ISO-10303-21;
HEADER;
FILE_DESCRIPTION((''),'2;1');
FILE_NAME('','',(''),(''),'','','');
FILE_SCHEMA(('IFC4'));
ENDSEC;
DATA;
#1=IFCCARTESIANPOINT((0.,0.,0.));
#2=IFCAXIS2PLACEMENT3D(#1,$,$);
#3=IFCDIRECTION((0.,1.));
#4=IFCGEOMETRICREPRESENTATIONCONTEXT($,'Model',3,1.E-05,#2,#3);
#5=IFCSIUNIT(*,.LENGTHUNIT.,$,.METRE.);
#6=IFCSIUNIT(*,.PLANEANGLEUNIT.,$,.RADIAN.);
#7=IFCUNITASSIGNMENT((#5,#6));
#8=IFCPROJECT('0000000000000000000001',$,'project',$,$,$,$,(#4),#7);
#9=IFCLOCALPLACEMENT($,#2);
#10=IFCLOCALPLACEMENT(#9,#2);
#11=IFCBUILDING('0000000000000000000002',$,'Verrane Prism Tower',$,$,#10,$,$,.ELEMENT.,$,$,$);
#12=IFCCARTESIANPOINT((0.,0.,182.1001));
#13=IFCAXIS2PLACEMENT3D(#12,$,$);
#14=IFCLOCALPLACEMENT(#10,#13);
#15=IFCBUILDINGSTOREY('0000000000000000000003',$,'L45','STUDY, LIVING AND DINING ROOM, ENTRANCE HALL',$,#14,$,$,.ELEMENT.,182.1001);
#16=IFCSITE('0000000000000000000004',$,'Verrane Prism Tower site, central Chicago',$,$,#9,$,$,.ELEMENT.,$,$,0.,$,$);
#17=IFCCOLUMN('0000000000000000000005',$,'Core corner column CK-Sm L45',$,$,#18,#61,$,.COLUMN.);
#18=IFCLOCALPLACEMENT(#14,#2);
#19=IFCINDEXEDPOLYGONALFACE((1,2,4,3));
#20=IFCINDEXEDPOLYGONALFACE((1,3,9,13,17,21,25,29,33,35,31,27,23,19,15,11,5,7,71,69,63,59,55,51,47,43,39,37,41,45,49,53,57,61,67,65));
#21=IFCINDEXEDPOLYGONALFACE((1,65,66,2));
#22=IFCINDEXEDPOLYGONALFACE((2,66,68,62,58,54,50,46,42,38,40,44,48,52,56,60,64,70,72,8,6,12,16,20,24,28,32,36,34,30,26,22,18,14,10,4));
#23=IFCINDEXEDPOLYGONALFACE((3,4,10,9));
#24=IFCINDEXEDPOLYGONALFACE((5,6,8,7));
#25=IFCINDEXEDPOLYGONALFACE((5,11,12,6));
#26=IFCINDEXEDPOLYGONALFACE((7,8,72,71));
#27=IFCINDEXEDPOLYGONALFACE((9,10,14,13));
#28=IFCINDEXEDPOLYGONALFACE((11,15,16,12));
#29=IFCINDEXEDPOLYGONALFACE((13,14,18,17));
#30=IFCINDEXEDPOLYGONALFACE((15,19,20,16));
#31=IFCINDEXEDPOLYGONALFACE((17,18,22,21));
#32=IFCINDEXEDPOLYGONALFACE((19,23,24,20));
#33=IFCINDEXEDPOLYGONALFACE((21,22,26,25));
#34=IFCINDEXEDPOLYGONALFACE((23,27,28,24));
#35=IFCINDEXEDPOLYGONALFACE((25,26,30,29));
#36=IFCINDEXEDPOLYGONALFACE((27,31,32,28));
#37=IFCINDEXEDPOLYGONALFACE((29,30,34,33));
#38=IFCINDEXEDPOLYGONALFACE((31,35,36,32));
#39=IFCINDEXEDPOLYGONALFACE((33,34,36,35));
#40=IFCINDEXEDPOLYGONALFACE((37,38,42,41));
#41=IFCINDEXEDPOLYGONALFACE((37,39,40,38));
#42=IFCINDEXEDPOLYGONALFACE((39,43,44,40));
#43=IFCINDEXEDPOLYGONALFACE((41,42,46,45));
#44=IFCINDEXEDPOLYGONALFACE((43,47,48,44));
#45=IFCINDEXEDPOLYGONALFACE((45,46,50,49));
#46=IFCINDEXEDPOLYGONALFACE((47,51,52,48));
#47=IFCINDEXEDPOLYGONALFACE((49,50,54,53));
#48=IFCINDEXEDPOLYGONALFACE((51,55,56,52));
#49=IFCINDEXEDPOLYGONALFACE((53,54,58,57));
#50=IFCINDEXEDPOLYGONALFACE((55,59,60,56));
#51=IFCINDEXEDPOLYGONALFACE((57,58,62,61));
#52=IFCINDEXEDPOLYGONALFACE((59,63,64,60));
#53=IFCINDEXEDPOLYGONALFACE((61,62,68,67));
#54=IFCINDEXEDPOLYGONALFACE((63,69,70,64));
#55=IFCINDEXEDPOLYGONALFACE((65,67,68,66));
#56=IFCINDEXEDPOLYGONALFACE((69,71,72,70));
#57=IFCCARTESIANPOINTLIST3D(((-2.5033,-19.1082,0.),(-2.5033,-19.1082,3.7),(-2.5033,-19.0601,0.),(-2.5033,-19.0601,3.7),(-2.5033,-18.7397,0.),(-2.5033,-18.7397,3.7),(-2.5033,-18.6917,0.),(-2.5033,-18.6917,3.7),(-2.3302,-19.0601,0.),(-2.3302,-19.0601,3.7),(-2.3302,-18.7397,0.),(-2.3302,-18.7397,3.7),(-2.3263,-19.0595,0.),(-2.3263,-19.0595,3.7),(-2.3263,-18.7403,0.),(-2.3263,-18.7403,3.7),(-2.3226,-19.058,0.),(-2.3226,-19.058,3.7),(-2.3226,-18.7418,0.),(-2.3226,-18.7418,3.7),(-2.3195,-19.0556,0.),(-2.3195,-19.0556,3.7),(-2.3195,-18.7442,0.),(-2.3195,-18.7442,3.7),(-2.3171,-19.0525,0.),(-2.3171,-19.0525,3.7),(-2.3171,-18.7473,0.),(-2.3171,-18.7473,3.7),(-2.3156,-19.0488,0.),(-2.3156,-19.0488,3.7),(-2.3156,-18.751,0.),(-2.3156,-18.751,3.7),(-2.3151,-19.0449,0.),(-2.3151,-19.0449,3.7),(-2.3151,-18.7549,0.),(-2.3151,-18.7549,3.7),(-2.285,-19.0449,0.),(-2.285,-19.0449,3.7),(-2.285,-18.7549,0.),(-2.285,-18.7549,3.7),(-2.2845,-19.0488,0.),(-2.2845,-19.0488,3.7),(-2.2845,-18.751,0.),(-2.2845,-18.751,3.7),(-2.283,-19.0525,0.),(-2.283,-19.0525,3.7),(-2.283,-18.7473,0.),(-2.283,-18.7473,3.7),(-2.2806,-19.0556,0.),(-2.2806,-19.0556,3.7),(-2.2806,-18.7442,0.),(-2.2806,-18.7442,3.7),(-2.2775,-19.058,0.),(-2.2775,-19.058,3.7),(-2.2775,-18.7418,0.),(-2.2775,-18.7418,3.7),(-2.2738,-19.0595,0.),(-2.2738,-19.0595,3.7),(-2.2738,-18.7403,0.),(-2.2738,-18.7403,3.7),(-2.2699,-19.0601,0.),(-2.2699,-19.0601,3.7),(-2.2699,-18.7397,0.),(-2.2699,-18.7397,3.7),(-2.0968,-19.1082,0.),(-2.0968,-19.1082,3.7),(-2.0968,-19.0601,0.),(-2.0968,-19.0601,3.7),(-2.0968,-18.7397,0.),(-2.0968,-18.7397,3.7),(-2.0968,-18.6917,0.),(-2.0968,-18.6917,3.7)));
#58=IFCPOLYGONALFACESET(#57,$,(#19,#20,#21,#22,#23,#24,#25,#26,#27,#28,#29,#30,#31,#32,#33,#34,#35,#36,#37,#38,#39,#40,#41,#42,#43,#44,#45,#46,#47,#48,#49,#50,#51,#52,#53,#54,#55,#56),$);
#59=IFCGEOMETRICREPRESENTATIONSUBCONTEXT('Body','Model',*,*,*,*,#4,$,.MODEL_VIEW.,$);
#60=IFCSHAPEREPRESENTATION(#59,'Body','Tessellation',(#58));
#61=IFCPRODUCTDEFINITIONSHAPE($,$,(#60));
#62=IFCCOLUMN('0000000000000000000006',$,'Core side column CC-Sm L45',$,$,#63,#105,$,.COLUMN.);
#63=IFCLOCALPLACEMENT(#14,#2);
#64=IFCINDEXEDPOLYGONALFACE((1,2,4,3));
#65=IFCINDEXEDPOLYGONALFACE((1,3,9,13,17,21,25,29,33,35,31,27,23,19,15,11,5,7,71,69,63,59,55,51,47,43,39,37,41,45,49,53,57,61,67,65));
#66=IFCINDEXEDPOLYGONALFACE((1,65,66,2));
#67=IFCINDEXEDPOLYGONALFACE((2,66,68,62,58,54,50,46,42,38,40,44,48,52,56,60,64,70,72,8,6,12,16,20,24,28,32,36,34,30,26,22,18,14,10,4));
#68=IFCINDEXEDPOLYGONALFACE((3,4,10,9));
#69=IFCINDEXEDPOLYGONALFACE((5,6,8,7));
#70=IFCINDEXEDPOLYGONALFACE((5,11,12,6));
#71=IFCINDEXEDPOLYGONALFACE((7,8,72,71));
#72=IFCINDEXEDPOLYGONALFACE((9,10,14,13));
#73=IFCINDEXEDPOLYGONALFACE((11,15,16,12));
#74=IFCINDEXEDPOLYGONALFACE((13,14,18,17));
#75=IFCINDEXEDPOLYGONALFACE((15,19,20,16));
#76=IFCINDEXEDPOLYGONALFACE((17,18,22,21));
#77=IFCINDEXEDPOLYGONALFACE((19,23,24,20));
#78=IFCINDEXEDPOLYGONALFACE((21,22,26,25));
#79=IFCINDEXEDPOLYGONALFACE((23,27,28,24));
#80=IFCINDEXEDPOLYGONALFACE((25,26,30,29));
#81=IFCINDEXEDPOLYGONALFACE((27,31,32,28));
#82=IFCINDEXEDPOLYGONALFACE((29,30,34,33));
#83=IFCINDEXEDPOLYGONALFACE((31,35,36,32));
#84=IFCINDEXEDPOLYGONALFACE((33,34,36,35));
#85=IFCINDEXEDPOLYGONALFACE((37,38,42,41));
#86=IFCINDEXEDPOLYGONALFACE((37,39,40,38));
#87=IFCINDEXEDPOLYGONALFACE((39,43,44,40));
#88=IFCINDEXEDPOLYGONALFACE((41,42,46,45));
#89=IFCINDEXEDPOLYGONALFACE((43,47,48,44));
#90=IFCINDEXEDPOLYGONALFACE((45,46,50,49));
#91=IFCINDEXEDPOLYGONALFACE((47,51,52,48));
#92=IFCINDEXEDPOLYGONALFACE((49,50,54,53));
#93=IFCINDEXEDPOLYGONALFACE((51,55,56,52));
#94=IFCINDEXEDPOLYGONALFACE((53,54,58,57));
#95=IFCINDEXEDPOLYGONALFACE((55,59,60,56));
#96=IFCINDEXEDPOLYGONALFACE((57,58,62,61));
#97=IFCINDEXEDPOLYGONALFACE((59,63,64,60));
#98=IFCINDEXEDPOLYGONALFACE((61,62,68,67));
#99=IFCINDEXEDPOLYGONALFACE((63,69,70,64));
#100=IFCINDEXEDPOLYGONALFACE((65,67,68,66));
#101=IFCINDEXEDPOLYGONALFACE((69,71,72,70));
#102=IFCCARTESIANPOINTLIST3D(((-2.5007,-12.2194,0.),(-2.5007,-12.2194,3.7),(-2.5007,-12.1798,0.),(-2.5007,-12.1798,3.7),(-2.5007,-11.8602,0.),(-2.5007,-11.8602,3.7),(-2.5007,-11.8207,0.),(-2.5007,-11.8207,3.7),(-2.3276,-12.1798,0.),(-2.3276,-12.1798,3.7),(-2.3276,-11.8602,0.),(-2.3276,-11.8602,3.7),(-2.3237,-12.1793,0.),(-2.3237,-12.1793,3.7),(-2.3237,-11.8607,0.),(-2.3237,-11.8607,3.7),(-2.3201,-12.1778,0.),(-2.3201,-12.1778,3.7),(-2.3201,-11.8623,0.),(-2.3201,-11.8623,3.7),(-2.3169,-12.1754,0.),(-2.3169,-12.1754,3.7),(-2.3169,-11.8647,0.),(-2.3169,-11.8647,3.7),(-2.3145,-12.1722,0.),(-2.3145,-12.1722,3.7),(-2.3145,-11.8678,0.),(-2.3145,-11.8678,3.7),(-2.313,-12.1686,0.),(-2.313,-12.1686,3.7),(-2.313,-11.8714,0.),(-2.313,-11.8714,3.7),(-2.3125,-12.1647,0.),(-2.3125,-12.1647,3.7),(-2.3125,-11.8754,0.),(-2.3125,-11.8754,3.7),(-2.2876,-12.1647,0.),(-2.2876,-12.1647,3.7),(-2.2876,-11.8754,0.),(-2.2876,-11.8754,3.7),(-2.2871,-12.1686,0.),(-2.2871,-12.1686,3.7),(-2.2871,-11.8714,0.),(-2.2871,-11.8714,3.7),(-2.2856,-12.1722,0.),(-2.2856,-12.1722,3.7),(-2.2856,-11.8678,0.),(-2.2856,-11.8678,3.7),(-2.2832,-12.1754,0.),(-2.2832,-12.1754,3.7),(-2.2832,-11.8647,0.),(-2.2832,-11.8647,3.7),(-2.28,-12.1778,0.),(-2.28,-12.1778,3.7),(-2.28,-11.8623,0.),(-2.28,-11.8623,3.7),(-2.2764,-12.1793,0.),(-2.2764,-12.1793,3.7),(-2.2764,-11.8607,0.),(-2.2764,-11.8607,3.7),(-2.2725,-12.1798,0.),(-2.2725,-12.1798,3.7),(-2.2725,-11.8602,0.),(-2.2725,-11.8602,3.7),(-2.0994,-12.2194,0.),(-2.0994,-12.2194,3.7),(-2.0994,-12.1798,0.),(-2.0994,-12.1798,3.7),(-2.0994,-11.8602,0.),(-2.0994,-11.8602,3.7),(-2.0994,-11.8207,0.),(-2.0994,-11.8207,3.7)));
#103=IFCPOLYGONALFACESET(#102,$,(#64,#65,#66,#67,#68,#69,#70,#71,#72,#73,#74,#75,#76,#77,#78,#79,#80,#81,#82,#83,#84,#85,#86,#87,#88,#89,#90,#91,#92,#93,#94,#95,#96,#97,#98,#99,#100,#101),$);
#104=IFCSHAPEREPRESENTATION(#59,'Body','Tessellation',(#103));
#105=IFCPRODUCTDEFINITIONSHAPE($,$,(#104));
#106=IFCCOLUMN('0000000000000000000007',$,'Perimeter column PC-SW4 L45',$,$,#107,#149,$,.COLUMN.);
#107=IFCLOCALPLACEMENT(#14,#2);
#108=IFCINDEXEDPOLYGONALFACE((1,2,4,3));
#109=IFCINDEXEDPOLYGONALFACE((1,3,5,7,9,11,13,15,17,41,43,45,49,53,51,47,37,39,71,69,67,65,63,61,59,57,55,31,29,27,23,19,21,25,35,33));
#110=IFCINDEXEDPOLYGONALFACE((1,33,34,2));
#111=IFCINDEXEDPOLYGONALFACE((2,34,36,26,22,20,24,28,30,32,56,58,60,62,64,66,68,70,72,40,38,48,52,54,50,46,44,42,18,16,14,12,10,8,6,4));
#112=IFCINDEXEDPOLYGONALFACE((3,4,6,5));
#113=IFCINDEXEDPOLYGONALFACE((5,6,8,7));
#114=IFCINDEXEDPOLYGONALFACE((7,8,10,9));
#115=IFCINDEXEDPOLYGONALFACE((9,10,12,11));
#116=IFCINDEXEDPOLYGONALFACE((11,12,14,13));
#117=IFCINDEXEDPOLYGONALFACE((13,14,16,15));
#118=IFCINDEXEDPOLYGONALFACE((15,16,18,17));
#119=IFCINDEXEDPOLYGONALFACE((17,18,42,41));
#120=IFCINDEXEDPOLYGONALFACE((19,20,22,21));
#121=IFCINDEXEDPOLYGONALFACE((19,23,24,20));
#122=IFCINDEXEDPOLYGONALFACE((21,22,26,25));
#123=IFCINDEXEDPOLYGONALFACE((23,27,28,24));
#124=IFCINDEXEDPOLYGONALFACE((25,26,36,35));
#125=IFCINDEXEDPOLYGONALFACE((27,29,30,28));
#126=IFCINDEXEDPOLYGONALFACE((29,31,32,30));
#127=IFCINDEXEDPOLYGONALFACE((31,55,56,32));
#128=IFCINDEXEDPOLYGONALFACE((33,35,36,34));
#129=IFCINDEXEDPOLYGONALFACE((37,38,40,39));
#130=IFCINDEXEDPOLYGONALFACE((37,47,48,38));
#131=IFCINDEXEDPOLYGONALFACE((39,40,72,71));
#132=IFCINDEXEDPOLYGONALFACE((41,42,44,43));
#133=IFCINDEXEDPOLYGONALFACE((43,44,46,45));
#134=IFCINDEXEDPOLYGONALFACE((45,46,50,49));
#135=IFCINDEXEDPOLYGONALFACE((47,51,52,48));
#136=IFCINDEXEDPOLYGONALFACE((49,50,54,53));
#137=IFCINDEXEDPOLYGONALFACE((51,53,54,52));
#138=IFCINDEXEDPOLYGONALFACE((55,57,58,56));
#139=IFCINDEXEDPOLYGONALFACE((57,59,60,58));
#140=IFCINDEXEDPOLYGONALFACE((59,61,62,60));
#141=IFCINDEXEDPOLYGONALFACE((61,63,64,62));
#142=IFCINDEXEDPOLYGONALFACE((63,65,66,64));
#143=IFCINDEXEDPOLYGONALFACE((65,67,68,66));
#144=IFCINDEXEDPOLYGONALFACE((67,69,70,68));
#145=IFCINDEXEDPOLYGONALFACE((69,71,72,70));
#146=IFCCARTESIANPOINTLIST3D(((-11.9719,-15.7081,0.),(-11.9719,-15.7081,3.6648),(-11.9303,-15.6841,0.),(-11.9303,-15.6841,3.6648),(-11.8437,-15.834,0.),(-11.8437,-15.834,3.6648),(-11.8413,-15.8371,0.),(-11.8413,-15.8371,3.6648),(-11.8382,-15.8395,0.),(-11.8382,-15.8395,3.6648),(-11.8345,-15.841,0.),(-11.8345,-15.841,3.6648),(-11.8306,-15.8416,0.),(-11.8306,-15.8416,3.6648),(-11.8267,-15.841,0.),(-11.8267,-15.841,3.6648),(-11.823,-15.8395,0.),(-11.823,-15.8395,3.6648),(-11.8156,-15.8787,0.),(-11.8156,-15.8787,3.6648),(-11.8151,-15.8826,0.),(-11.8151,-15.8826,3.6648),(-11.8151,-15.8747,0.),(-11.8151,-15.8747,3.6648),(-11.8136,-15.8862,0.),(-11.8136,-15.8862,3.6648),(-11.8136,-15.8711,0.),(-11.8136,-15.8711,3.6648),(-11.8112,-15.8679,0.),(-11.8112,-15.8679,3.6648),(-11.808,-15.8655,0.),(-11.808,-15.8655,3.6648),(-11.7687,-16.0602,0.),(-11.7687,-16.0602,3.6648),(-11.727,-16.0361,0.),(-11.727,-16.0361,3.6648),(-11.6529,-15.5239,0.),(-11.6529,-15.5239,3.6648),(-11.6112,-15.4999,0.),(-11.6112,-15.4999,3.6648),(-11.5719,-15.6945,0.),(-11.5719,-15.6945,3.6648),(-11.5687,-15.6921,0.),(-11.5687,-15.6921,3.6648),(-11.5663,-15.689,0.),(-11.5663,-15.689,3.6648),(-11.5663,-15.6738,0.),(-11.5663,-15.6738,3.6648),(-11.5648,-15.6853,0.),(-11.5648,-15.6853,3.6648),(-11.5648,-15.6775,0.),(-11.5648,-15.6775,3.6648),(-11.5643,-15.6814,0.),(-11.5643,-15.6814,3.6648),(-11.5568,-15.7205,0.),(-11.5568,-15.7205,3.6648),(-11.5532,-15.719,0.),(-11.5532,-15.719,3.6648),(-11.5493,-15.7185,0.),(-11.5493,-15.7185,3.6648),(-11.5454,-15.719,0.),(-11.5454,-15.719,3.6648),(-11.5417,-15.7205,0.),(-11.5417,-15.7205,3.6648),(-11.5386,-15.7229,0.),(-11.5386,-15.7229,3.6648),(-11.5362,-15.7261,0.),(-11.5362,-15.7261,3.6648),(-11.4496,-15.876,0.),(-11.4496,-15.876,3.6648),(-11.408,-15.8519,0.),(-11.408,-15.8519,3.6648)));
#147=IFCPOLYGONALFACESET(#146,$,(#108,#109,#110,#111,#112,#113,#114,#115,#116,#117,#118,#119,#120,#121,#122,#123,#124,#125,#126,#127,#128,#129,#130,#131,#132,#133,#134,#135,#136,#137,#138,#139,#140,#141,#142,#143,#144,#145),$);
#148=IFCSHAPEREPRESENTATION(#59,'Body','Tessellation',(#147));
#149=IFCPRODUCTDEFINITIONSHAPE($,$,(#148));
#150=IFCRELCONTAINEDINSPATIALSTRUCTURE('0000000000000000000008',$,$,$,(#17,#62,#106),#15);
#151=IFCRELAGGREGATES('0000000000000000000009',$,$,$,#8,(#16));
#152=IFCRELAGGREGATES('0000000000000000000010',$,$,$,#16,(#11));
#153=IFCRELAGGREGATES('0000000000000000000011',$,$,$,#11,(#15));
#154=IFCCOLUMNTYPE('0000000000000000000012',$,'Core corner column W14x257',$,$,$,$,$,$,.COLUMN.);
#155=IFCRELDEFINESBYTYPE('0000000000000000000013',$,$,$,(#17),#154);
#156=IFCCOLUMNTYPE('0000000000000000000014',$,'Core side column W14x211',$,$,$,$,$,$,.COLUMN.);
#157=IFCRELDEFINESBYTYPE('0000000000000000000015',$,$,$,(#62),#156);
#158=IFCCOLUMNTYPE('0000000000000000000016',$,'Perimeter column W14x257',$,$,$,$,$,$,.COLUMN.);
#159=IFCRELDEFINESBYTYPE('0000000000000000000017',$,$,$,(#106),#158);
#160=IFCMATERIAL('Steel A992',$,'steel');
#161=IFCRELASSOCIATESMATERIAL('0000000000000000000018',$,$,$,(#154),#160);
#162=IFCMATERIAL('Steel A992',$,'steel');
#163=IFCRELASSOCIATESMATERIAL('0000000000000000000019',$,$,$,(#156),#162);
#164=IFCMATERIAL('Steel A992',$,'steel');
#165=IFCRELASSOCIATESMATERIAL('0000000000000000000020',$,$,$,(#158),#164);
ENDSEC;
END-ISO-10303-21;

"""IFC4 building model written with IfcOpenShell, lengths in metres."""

from ifc_helpers import new_model, si_unit, direction, frame, origin, origin_2d, place, context, subcontext, project, spatial, i_section, extrude, material, material_profile, profile_set, type_object, element, save


model = new_model("IFC4")

# Units and contexts
model_context = context("Model", 3, precision=1e-05, world=origin(), true_north=direction((0.0, 1.0)))
body_context = subcontext(model_context, "Body", "Model", "MODEL_VIEW")
ifc_project = project(units=[si_unit("LENGTHUNIT", "METRE"), si_unit("PLANEANGLEUNIT", "RADIAN")], contexts=[model_context])

# Site, building, storey
site_placement = place(None, origin())
site = spatial("IfcSite", under=ifc_project, at=site_placement, Name="Verrane Prism Tower site, central Chicago", CompositionType="ELEMENT", RefElevation=0.0)
building_placement = place(site_placement, origin())
building = spatial("IfcBuilding", under=site, at=building_placement, Name="Verrane Prism Tower", CompositionType="ELEMENT")
storey_placement = place(building_placement, frame((0.0, 0.0, 182.1001)))
storey = spatial("IfcBuildingStorey", under=building, at=storey_placement, Name="L45", Description="STUDY, LIVING AND DINING ROOM, ENTRANCE HALL", CompositionType="ELEMENT", Elevation=182.1001)

# Columns
ifc_material_1 = material(Name="Steel A992", Category="steel")
ifc_material_profile_1 = material_profile(ifc_material_1, i_section(OverallWidth=0.4065, OverallDepth=0.4165, WebThickness=0.03, FlangeThickness=0.0481, FilletRadius=0.0151, at=origin_2d()), Name="W14x257")
ifc_profile_set_1 = profile_set([ifc_material_profile_1], Name="Steel A992")
column_type_1 = type_object("IfcColumnType", Name="Core corner column W14x257", PredefinedType="COLUMN", material=ifc_profile_set_1)
column_1_placement = place(storey_placement, frame((-2.3, -18.8999, 0.0), z_axis=(0.0, 0.0, 1.0), x_axis=(-1.0, 0.0, 0.0)))
element("IfcColumn", 1, at=column_1_placement, inside=storey, type_object=column_type_1, Name="Core corner column CK-Sm L45", PredefinedType="COLUMN", context=body_context, shape_type="SweptSolid", body=[
    extrude(i_section(OverallWidth=0.4065, OverallDepth=0.4165, WebThickness=0.03, FlangeThickness=0.0481, FilletRadius=0.0151, at=origin_2d()), origin(), (0.0, 0.0, 1.0), 3.7),
])
ifc_material_2 = material(Name="Steel A992", Category="steel")
ifc_material_profile_2 = material_profile(ifc_material_2, i_section(OverallWidth=0.4014, OverallDepth=0.3987, WebThickness=0.0249, FlangeThickness=0.0396, FilletRadius=0.0151, at=origin_2d()), Name="W14x211")
ifc_profile_set_2 = profile_set([ifc_material_profile_2], Name="Steel A992")
column_type_2 = type_object("IfcColumnType", Name="Core side column W14x211", PredefinedType="COLUMN", material=ifc_profile_set_2)
column_2_placement = place(storey_placement, frame((-2.3, -12.02, 0.0), z_axis=(0.0, 0.0, 1.0), x_axis=(1.0, 0.0, 0.0)))
element("IfcColumn", 2, at=column_2_placement, inside=storey, type_object=column_type_2, Name="Core side column CC-Sm L45", PredefinedType="COLUMN", context=body_context, shape_type="SweptSolid", body=[
    extrude(i_section(OverallWidth=0.4014, OverallDepth=0.3987, WebThickness=0.0249, FlangeThickness=0.0396, FilletRadius=0.0151, at=origin_2d()), origin(), (0.0, 0.0, 1.0), 3.7),
])
ifc_material_3 = material(Name="Steel A992", Category="steel")
ifc_material_profile_3 = material_profile(ifc_material_3, i_section(OverallWidth=0.4065, OverallDepth=0.4165, WebThickness=0.03, FlangeThickness=0.0481, FilletRadius=0.0151, at=origin_2d()), Name="W14x257")
ifc_profile_set_3 = profile_set([ifc_material_profile_3], Name="Steel A992")
column_type_3 = type_object("IfcColumnType", Name="Perimeter column W14x257", PredefinedType="COLUMN", material=ifc_profile_set_3)
column_3_placement = place(storey_placement, frame((-11.6899, -15.78, 0.0), z_axis=(0.0, 0.0, 1.0), x_axis=(-0.5, 0.866025, 0.0)))
element("IfcColumn", 3, at=column_3_placement, inside=storey, type_object=column_type_3, Name="Perimeter column PC-SW4 L45", PredefinedType="COLUMN", context=body_context, shape_type="SweptSolid", body=[
    extrude(i_section(OverallWidth=0.4065, OverallDepth=0.4165, WebThickness=0.03, FlangeThickness=0.0481, FilletRadius=0.0151, at=origin_2d()), origin(), (0.0, 0.0, 1.0), 3.6648),
])

save(model, "model.ifc")
